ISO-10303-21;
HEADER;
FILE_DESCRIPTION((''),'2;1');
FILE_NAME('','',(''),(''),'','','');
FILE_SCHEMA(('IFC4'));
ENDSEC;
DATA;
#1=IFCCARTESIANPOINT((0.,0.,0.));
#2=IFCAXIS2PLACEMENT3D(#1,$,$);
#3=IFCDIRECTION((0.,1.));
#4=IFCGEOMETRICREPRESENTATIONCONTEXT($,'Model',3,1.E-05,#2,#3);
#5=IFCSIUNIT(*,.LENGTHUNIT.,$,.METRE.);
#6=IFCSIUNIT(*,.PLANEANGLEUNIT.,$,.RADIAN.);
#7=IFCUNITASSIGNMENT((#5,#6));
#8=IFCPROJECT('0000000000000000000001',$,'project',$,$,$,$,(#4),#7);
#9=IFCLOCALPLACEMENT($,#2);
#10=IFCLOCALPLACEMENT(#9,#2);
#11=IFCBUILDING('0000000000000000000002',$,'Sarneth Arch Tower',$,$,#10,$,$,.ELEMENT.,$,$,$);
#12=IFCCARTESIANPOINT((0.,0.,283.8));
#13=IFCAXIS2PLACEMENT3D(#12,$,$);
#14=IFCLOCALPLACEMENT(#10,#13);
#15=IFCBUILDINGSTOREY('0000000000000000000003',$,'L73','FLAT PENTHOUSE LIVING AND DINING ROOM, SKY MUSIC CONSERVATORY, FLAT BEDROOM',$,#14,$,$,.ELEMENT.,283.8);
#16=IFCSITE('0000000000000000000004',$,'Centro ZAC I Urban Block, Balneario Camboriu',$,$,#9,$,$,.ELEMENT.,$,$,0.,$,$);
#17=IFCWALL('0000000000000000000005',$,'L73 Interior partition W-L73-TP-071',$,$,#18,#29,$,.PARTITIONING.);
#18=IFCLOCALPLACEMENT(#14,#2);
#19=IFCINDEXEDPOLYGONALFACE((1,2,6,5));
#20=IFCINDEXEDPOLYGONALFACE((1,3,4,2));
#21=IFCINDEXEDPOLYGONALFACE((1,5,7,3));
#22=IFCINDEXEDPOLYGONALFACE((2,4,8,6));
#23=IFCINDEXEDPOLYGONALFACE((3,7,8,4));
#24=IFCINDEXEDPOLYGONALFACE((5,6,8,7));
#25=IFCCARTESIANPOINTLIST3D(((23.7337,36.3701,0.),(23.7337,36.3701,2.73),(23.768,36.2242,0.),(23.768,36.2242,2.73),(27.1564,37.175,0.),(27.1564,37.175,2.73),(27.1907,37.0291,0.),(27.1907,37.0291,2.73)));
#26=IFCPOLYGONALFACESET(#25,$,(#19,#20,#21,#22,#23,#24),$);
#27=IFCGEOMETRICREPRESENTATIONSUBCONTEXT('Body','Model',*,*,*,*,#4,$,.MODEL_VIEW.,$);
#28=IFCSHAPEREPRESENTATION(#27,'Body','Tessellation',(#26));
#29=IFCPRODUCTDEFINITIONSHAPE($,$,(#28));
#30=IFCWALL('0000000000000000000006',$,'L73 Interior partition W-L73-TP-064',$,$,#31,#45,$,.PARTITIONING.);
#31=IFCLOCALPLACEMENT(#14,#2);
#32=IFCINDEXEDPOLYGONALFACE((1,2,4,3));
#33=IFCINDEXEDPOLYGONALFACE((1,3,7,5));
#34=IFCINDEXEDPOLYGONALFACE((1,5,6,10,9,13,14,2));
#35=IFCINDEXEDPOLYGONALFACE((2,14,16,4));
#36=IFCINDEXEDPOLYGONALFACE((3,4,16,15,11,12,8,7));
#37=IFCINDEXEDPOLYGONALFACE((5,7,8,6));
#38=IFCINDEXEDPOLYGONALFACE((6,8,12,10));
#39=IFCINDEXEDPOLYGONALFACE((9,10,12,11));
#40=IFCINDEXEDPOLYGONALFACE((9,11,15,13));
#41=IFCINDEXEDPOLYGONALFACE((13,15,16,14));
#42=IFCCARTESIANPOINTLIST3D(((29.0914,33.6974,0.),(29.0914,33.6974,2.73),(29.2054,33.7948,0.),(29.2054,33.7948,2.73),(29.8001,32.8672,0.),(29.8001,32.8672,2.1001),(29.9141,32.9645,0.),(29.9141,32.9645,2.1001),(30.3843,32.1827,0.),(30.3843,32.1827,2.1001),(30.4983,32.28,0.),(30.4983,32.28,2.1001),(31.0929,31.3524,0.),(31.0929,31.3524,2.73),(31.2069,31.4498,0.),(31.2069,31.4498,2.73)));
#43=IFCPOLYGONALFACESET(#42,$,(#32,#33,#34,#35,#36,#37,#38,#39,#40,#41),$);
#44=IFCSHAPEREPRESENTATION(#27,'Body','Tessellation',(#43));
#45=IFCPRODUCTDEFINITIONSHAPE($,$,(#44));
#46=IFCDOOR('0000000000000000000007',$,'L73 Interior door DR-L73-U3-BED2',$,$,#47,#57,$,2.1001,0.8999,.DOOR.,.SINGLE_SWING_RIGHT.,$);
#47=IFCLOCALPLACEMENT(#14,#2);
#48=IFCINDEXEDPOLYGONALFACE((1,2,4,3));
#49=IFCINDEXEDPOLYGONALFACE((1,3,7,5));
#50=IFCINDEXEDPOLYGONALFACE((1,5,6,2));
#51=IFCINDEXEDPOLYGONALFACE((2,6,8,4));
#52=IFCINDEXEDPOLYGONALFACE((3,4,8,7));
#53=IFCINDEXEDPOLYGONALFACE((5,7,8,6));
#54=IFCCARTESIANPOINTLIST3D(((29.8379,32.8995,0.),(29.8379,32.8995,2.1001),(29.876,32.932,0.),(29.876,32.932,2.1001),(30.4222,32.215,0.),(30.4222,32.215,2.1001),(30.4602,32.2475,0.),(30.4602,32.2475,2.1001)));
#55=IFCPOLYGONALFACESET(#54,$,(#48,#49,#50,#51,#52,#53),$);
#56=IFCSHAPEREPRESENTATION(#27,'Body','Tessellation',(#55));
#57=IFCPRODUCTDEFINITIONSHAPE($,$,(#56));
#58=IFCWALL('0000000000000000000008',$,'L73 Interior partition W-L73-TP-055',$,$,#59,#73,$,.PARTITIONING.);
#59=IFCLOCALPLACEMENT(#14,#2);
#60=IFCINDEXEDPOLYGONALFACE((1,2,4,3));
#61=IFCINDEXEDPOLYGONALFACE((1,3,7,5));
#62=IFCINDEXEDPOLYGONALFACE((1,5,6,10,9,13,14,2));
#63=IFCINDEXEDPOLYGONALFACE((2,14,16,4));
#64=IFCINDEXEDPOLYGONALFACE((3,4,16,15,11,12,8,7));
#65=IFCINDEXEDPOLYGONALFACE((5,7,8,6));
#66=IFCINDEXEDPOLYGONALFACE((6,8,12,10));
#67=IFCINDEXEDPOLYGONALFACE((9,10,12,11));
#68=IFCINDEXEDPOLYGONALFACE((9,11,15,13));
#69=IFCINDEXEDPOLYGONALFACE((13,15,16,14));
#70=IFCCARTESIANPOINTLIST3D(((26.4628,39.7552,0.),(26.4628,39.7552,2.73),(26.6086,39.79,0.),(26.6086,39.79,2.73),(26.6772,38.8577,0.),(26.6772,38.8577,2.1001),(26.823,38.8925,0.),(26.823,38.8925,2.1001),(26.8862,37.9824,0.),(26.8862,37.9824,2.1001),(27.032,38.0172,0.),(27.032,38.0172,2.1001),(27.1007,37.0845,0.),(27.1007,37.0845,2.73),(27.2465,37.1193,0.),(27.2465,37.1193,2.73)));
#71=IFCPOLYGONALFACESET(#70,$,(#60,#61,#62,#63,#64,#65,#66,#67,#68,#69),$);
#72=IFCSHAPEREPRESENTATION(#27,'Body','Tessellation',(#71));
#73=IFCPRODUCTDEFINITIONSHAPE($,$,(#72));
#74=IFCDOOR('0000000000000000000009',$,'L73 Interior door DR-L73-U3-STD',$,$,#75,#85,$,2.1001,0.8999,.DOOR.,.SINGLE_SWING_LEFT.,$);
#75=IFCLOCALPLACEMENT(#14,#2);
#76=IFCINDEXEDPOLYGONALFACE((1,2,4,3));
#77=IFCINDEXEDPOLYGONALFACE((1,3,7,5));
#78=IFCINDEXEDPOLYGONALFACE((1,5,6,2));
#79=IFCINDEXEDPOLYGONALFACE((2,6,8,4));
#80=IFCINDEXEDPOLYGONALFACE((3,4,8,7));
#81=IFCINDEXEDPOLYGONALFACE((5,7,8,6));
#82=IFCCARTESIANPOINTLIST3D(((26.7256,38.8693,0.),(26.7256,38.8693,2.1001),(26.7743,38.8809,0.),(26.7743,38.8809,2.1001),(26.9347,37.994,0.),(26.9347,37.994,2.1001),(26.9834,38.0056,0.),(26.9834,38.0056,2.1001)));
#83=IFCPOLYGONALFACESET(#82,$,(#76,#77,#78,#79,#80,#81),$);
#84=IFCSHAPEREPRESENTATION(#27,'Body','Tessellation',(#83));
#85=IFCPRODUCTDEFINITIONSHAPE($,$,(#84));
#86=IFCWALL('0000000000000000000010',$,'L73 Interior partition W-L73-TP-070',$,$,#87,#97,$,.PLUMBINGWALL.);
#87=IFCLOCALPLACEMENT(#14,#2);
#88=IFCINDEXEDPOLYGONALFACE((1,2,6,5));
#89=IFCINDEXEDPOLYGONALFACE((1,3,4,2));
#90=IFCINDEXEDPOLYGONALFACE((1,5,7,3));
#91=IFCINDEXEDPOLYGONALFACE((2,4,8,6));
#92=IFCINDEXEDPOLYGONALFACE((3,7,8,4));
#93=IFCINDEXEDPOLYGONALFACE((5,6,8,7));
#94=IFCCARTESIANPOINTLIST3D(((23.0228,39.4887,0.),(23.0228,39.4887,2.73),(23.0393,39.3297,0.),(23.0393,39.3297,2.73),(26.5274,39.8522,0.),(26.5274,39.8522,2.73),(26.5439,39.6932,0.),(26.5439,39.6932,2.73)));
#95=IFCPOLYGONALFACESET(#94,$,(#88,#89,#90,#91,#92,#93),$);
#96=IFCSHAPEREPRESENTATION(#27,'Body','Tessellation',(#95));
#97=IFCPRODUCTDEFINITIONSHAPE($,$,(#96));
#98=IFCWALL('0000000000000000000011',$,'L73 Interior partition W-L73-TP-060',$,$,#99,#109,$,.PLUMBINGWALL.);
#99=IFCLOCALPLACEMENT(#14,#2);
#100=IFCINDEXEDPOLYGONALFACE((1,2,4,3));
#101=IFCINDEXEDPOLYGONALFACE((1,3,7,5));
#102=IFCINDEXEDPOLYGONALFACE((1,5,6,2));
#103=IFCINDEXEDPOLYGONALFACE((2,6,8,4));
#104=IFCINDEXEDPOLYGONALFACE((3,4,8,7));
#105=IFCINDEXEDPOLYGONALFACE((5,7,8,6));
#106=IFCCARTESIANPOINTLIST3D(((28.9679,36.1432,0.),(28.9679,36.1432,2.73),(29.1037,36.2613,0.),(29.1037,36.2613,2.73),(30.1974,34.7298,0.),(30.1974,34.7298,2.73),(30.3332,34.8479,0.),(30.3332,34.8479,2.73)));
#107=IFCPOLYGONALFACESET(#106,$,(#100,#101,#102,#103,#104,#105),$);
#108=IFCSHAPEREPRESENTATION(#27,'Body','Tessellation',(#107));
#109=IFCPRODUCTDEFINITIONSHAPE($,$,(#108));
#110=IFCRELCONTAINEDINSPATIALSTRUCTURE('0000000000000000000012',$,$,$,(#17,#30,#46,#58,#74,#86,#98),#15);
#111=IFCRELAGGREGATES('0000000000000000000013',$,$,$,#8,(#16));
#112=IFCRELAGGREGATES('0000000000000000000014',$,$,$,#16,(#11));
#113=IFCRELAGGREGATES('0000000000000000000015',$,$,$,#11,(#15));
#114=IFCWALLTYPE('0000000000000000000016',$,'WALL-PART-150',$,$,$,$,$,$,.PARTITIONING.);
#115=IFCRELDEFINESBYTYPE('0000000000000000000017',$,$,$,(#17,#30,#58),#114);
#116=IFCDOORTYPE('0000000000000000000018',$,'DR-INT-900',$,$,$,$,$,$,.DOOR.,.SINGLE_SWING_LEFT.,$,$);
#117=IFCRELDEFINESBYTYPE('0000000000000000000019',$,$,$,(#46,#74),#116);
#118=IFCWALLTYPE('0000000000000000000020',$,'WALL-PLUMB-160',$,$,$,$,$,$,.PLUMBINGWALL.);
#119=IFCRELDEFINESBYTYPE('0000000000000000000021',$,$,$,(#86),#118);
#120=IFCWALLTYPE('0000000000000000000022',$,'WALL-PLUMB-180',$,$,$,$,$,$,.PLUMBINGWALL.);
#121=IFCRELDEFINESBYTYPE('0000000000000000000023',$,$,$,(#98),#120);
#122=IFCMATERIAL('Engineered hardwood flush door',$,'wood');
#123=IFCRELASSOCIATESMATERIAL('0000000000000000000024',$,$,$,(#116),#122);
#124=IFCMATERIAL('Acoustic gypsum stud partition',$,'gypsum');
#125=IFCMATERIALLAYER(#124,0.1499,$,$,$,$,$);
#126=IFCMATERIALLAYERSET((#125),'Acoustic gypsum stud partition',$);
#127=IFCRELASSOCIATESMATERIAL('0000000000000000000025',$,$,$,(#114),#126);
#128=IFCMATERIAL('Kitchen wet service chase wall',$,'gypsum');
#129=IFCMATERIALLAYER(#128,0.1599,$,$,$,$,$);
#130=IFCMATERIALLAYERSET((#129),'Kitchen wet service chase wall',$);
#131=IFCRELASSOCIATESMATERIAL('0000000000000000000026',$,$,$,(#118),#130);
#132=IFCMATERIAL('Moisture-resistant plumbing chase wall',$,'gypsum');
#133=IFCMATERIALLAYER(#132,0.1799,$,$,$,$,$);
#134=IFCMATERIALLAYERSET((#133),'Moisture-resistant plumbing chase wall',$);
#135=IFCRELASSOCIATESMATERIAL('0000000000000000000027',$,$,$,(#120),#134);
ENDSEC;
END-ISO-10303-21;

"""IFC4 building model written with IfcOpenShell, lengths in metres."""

from ifc_helpers import new_model, si_unit, direction, frame, frame_2d, origin, place, context, subcontext, project, spatial, rectangle, extrude, material, layer, layer_set, type_object, element, fill, save


model = new_model("IFC4")

# Units and contexts
model_context = context("Model", 3, precision=1e-05, world=origin(), true_north=direction((0.0, 1.0)))
body_context = subcontext(model_context, "Body", "Model", "MODEL_VIEW")
ifc_project = project(units=[si_unit("LENGTHUNIT", "METRE"), si_unit("PLANEANGLEUNIT", "RADIAN")], contexts=[model_context])

# Site, building, storey
site_placement = place(None, origin())
site = spatial("IfcSite", under=ifc_project, at=site_placement, Name="Centro ZAC I Urban Block, Balneario Camboriu", CompositionType="ELEMENT", RefElevation=0.0)
building_placement = place(site_placement, origin())
building = spatial("IfcBuilding", under=site, at=building_placement, Name="Sarneth Arch Tower", CompositionType="ELEMENT")
storey_placement = place(building_placement, frame((0.0, 0.0, 283.8)))
storey = spatial("IfcBuildingStorey", under=building, at=storey_placement, Name="L73", Description="FLAT PENTHOUSE LIVING AND DINING ROOM, SKY MUSIC CONSERVATORY, FLAT BEDROOM", CompositionType="ELEMENT", Elevation=283.8)

# Shared definitions
ifc_material_1 = material(Name="Engineered hardwood flush door", Category="wood")
door_type = type_object("IfcDoorType", Name="DR-INT-900", OperationType="SINGLE_SWING_LEFT", PredefinedType="DOOR", material=ifc_material_1)

# Wall
ifc_material_2 = material(Name="Acoustic gypsum stud partition", Category="gypsum")
ifc_layer_1 = layer(ifc_material_2, 0.1499)
ifc_layer_set_1 = layer_set([ifc_layer_1], Name="Acoustic gypsum stud partition")
wall_type_1 = type_object("IfcWallType", Name="WALL-PART-150", PredefinedType="PARTITIONING", material=ifc_layer_set_1)
wall_1_placement = place(storey_placement, frame((27.1736, 37.1021, 0.0), z_axis=(0.0, 0.0, 1.0), x_axis=(-0.973445, -0.228919, 0.0)))
element("IfcWall", 1, at=wall_1_placement, inside=storey, type_object=wall_type_1, Name="L73 Interior partition W-L73-TP-071", PredefinedType="PARTITIONING", context=body_context, shape_type="SweptSolid", body=[
    extrude(rectangle(XDim=3.5161, YDim=0.1499, at=frame_2d((1.7581, 0.0))), origin(), (0.0, 0.0, 1.0), 2.73),
])

# Walls, openings, doors
wall_2_placement = place(storey_placement, frame((29.1484, 33.7461, 0.0), z_axis=(0.0, 0.0, 1.0), x_axis=(0.649199, -0.760619, 0.0)))
wall_2 = element("IfcWall", 2, at=wall_2_placement, inside=storey, type_object=wall_type_1, Name="L73 Interior partition W-L73-TP-064", PredefinedType="PARTITIONING", context=body_context, shape_type="SweptSolid", body=[
    extrude(rectangle(XDim=3.083, YDim=0.1499, at=frame_2d((1.5415, 0.0))), origin(), (0.0, 0.0, 1.0), 2.73),
])
opening_1_placement = place(wall_2_placement, frame((1.0916, 0.0, 0.0)))
opening_1 = element("IfcOpeningElement", 3, at=opening_1_placement, cuts=wall_2, PredefinedType="OPENING", context=body_context, shape_type="SweptSolid", body=[
    extrude(rectangle(XDim=0.8999, YDim=2.1001, at=frame_2d((0.45, 1.05))), frame((0.0, 0.085, 0.0), z_axis=(0.0, -1.0, 0.0), x_axis=(1.0, 0.0, 0.0)), (0.0, 0.0, 1.0), 0.1699),
])
door_1_placement = place(opening_1_placement, origin())
door_1 = element("IfcDoor", 4, at=door_1_placement, inside=storey, type_object=door_type, Name="L73 Interior door DR-L73-U3-BED2", OperationType="SINGLE_SWING_RIGHT", OverallHeight=2.1001, OverallWidth=0.8999, PredefinedType="DOOR", context=body_context, shape_type="SweptSolid", body=[
    extrude(rectangle(XDim=0.8999, YDim=2.1001, at=frame_2d((0.45, 1.05))), frame((0.0, 0.0249, 0.0), z_axis=(0.0, -1.0, 0.0), x_axis=(1.0, 0.0, 0.0)), (0.0, 0.0, 1.0), 0.05),
])
fill(opening_1, door_1)
wall_3_placement = place(storey_placement, frame((26.5356, 39.7727, 0.0), z_axis=(0.0, 0.0, 1.0), x_axis=(0.232334, -0.972636, 0.0)))
wall_3 = element("IfcWall", 5, at=wall_3_placement, inside=storey, type_object=wall_type_1, Name="L73 Interior partition W-L73-TP-055", PredefinedType="PARTITIONING", context=body_context, shape_type="SweptSolid", body=[
    extrude(rectangle(XDim=2.7458, YDim=0.1499, at=frame_2d((1.373, 0.0))), origin(), (0.0, 0.0, 1.0), 2.73),
])
opening_2_placement = place(wall_3_placement, frame((0.9229, 0.0, 0.0)))
opening_2 = element("IfcOpeningElement", 6, at=opening_2_placement, cuts=wall_3, PredefinedType="OPENING", context=body_context, shape_type="SweptSolid", body=[
    extrude(rectangle(XDim=0.8999, YDim=2.1001, at=frame_2d((0.45, 1.05))), frame((0.0, 0.085, 0.0), z_axis=(0.0, -1.0, 0.0), x_axis=(1.0, 0.0, 0.0)), (0.0, 0.0, 1.0), 0.1699),
])
door_2_placement = place(opening_2_placement, origin())
door_2 = element("IfcDoor", 7, at=door_2_placement, inside=storey, type_object=door_type, Name="L73 Interior door DR-L73-U3-STD", OperationType="SINGLE_SWING_LEFT", OverallHeight=2.1001, OverallWidth=0.8999, PredefinedType="DOOR", context=body_context, shape_type="SweptSolid", body=[
    extrude(rectangle(XDim=0.8999, YDim=2.1001, at=frame_2d((0.45, 1.05))), frame((0.0, 0.0249, 0.0), z_axis=(0.0, -1.0, 0.0), x_axis=(1.0, 0.0, 0.0)), (0.0, 0.0, 1.0), 0.05),
])
fill(opening_2, door_2)

# Walls
ifc_material_3 = material(Name="Kitchen wet service chase wall", Category="gypsum")
ifc_layer_2 = layer(ifc_material_3, 0.1599)
ifc_layer_set_2 = layer_set([ifc_layer_2], Name="Kitchen wet service chase wall")
wall_type_2 = type_object("IfcWallType", Name="WALL-PLUMB-160", PredefinedType="PLUMBINGWALL", material=ifc_layer_set_2)
wall_4_placement = place(storey_placement, frame((26.5356, 39.7727, 0.0), z_axis=(0.0, 0.0, 1.0), x_axis=(-0.994663, -0.103173, 0.0)))
element("IfcWall", 8, at=wall_4_placement, inside=storey, type_object=wall_type_2, Name="L73 Interior partition W-L73-TP-070", PredefinedType="PLUMBINGWALL", context=body_context, shape_type="SweptSolid", body=[
    extrude(rectangle(XDim=3.5234, YDim=0.1599, at=frame_2d((1.7617, 0.0))), origin(), (0.0, 0.0, 1.0), 2.73),
])
ifc_material_4 = material(Name="Moisture-resistant plumbing chase wall", Category="gypsum")
ifc_layer_3 = layer(ifc_material_4, 0.1799)
ifc_layer_set_3 = layer_set([ifc_layer_3], Name="Moisture-resistant plumbing chase wall")
wall_type_3 = type_object("IfcWallType", Name="WALL-PLUMB-180", PredefinedType="PLUMBINGWALL", material=ifc_layer_set_3)
wall_5_placement = place(storey_placement, frame((29.0359, 36.2021, 0.0), z_axis=(0.0, 0.0, 1.0), x_axis=(0.656334, -0.754471, 0.0)))
element("IfcWall", 9, at=wall_5_placement, inside=storey, type_object=wall_type_3, Name="L73 Interior partition W-L73-TP-060", PredefinedType="PLUMBINGWALL", context=body_context, shape_type="SweptSolid", body=[
    extrude(rectangle(XDim=1.8733, YDim=0.1799, at=frame_2d((0.9365, 0.0))), origin(), (0.0, 0.0, 1.0), 2.73),
])

save(model, "model.ifc")
